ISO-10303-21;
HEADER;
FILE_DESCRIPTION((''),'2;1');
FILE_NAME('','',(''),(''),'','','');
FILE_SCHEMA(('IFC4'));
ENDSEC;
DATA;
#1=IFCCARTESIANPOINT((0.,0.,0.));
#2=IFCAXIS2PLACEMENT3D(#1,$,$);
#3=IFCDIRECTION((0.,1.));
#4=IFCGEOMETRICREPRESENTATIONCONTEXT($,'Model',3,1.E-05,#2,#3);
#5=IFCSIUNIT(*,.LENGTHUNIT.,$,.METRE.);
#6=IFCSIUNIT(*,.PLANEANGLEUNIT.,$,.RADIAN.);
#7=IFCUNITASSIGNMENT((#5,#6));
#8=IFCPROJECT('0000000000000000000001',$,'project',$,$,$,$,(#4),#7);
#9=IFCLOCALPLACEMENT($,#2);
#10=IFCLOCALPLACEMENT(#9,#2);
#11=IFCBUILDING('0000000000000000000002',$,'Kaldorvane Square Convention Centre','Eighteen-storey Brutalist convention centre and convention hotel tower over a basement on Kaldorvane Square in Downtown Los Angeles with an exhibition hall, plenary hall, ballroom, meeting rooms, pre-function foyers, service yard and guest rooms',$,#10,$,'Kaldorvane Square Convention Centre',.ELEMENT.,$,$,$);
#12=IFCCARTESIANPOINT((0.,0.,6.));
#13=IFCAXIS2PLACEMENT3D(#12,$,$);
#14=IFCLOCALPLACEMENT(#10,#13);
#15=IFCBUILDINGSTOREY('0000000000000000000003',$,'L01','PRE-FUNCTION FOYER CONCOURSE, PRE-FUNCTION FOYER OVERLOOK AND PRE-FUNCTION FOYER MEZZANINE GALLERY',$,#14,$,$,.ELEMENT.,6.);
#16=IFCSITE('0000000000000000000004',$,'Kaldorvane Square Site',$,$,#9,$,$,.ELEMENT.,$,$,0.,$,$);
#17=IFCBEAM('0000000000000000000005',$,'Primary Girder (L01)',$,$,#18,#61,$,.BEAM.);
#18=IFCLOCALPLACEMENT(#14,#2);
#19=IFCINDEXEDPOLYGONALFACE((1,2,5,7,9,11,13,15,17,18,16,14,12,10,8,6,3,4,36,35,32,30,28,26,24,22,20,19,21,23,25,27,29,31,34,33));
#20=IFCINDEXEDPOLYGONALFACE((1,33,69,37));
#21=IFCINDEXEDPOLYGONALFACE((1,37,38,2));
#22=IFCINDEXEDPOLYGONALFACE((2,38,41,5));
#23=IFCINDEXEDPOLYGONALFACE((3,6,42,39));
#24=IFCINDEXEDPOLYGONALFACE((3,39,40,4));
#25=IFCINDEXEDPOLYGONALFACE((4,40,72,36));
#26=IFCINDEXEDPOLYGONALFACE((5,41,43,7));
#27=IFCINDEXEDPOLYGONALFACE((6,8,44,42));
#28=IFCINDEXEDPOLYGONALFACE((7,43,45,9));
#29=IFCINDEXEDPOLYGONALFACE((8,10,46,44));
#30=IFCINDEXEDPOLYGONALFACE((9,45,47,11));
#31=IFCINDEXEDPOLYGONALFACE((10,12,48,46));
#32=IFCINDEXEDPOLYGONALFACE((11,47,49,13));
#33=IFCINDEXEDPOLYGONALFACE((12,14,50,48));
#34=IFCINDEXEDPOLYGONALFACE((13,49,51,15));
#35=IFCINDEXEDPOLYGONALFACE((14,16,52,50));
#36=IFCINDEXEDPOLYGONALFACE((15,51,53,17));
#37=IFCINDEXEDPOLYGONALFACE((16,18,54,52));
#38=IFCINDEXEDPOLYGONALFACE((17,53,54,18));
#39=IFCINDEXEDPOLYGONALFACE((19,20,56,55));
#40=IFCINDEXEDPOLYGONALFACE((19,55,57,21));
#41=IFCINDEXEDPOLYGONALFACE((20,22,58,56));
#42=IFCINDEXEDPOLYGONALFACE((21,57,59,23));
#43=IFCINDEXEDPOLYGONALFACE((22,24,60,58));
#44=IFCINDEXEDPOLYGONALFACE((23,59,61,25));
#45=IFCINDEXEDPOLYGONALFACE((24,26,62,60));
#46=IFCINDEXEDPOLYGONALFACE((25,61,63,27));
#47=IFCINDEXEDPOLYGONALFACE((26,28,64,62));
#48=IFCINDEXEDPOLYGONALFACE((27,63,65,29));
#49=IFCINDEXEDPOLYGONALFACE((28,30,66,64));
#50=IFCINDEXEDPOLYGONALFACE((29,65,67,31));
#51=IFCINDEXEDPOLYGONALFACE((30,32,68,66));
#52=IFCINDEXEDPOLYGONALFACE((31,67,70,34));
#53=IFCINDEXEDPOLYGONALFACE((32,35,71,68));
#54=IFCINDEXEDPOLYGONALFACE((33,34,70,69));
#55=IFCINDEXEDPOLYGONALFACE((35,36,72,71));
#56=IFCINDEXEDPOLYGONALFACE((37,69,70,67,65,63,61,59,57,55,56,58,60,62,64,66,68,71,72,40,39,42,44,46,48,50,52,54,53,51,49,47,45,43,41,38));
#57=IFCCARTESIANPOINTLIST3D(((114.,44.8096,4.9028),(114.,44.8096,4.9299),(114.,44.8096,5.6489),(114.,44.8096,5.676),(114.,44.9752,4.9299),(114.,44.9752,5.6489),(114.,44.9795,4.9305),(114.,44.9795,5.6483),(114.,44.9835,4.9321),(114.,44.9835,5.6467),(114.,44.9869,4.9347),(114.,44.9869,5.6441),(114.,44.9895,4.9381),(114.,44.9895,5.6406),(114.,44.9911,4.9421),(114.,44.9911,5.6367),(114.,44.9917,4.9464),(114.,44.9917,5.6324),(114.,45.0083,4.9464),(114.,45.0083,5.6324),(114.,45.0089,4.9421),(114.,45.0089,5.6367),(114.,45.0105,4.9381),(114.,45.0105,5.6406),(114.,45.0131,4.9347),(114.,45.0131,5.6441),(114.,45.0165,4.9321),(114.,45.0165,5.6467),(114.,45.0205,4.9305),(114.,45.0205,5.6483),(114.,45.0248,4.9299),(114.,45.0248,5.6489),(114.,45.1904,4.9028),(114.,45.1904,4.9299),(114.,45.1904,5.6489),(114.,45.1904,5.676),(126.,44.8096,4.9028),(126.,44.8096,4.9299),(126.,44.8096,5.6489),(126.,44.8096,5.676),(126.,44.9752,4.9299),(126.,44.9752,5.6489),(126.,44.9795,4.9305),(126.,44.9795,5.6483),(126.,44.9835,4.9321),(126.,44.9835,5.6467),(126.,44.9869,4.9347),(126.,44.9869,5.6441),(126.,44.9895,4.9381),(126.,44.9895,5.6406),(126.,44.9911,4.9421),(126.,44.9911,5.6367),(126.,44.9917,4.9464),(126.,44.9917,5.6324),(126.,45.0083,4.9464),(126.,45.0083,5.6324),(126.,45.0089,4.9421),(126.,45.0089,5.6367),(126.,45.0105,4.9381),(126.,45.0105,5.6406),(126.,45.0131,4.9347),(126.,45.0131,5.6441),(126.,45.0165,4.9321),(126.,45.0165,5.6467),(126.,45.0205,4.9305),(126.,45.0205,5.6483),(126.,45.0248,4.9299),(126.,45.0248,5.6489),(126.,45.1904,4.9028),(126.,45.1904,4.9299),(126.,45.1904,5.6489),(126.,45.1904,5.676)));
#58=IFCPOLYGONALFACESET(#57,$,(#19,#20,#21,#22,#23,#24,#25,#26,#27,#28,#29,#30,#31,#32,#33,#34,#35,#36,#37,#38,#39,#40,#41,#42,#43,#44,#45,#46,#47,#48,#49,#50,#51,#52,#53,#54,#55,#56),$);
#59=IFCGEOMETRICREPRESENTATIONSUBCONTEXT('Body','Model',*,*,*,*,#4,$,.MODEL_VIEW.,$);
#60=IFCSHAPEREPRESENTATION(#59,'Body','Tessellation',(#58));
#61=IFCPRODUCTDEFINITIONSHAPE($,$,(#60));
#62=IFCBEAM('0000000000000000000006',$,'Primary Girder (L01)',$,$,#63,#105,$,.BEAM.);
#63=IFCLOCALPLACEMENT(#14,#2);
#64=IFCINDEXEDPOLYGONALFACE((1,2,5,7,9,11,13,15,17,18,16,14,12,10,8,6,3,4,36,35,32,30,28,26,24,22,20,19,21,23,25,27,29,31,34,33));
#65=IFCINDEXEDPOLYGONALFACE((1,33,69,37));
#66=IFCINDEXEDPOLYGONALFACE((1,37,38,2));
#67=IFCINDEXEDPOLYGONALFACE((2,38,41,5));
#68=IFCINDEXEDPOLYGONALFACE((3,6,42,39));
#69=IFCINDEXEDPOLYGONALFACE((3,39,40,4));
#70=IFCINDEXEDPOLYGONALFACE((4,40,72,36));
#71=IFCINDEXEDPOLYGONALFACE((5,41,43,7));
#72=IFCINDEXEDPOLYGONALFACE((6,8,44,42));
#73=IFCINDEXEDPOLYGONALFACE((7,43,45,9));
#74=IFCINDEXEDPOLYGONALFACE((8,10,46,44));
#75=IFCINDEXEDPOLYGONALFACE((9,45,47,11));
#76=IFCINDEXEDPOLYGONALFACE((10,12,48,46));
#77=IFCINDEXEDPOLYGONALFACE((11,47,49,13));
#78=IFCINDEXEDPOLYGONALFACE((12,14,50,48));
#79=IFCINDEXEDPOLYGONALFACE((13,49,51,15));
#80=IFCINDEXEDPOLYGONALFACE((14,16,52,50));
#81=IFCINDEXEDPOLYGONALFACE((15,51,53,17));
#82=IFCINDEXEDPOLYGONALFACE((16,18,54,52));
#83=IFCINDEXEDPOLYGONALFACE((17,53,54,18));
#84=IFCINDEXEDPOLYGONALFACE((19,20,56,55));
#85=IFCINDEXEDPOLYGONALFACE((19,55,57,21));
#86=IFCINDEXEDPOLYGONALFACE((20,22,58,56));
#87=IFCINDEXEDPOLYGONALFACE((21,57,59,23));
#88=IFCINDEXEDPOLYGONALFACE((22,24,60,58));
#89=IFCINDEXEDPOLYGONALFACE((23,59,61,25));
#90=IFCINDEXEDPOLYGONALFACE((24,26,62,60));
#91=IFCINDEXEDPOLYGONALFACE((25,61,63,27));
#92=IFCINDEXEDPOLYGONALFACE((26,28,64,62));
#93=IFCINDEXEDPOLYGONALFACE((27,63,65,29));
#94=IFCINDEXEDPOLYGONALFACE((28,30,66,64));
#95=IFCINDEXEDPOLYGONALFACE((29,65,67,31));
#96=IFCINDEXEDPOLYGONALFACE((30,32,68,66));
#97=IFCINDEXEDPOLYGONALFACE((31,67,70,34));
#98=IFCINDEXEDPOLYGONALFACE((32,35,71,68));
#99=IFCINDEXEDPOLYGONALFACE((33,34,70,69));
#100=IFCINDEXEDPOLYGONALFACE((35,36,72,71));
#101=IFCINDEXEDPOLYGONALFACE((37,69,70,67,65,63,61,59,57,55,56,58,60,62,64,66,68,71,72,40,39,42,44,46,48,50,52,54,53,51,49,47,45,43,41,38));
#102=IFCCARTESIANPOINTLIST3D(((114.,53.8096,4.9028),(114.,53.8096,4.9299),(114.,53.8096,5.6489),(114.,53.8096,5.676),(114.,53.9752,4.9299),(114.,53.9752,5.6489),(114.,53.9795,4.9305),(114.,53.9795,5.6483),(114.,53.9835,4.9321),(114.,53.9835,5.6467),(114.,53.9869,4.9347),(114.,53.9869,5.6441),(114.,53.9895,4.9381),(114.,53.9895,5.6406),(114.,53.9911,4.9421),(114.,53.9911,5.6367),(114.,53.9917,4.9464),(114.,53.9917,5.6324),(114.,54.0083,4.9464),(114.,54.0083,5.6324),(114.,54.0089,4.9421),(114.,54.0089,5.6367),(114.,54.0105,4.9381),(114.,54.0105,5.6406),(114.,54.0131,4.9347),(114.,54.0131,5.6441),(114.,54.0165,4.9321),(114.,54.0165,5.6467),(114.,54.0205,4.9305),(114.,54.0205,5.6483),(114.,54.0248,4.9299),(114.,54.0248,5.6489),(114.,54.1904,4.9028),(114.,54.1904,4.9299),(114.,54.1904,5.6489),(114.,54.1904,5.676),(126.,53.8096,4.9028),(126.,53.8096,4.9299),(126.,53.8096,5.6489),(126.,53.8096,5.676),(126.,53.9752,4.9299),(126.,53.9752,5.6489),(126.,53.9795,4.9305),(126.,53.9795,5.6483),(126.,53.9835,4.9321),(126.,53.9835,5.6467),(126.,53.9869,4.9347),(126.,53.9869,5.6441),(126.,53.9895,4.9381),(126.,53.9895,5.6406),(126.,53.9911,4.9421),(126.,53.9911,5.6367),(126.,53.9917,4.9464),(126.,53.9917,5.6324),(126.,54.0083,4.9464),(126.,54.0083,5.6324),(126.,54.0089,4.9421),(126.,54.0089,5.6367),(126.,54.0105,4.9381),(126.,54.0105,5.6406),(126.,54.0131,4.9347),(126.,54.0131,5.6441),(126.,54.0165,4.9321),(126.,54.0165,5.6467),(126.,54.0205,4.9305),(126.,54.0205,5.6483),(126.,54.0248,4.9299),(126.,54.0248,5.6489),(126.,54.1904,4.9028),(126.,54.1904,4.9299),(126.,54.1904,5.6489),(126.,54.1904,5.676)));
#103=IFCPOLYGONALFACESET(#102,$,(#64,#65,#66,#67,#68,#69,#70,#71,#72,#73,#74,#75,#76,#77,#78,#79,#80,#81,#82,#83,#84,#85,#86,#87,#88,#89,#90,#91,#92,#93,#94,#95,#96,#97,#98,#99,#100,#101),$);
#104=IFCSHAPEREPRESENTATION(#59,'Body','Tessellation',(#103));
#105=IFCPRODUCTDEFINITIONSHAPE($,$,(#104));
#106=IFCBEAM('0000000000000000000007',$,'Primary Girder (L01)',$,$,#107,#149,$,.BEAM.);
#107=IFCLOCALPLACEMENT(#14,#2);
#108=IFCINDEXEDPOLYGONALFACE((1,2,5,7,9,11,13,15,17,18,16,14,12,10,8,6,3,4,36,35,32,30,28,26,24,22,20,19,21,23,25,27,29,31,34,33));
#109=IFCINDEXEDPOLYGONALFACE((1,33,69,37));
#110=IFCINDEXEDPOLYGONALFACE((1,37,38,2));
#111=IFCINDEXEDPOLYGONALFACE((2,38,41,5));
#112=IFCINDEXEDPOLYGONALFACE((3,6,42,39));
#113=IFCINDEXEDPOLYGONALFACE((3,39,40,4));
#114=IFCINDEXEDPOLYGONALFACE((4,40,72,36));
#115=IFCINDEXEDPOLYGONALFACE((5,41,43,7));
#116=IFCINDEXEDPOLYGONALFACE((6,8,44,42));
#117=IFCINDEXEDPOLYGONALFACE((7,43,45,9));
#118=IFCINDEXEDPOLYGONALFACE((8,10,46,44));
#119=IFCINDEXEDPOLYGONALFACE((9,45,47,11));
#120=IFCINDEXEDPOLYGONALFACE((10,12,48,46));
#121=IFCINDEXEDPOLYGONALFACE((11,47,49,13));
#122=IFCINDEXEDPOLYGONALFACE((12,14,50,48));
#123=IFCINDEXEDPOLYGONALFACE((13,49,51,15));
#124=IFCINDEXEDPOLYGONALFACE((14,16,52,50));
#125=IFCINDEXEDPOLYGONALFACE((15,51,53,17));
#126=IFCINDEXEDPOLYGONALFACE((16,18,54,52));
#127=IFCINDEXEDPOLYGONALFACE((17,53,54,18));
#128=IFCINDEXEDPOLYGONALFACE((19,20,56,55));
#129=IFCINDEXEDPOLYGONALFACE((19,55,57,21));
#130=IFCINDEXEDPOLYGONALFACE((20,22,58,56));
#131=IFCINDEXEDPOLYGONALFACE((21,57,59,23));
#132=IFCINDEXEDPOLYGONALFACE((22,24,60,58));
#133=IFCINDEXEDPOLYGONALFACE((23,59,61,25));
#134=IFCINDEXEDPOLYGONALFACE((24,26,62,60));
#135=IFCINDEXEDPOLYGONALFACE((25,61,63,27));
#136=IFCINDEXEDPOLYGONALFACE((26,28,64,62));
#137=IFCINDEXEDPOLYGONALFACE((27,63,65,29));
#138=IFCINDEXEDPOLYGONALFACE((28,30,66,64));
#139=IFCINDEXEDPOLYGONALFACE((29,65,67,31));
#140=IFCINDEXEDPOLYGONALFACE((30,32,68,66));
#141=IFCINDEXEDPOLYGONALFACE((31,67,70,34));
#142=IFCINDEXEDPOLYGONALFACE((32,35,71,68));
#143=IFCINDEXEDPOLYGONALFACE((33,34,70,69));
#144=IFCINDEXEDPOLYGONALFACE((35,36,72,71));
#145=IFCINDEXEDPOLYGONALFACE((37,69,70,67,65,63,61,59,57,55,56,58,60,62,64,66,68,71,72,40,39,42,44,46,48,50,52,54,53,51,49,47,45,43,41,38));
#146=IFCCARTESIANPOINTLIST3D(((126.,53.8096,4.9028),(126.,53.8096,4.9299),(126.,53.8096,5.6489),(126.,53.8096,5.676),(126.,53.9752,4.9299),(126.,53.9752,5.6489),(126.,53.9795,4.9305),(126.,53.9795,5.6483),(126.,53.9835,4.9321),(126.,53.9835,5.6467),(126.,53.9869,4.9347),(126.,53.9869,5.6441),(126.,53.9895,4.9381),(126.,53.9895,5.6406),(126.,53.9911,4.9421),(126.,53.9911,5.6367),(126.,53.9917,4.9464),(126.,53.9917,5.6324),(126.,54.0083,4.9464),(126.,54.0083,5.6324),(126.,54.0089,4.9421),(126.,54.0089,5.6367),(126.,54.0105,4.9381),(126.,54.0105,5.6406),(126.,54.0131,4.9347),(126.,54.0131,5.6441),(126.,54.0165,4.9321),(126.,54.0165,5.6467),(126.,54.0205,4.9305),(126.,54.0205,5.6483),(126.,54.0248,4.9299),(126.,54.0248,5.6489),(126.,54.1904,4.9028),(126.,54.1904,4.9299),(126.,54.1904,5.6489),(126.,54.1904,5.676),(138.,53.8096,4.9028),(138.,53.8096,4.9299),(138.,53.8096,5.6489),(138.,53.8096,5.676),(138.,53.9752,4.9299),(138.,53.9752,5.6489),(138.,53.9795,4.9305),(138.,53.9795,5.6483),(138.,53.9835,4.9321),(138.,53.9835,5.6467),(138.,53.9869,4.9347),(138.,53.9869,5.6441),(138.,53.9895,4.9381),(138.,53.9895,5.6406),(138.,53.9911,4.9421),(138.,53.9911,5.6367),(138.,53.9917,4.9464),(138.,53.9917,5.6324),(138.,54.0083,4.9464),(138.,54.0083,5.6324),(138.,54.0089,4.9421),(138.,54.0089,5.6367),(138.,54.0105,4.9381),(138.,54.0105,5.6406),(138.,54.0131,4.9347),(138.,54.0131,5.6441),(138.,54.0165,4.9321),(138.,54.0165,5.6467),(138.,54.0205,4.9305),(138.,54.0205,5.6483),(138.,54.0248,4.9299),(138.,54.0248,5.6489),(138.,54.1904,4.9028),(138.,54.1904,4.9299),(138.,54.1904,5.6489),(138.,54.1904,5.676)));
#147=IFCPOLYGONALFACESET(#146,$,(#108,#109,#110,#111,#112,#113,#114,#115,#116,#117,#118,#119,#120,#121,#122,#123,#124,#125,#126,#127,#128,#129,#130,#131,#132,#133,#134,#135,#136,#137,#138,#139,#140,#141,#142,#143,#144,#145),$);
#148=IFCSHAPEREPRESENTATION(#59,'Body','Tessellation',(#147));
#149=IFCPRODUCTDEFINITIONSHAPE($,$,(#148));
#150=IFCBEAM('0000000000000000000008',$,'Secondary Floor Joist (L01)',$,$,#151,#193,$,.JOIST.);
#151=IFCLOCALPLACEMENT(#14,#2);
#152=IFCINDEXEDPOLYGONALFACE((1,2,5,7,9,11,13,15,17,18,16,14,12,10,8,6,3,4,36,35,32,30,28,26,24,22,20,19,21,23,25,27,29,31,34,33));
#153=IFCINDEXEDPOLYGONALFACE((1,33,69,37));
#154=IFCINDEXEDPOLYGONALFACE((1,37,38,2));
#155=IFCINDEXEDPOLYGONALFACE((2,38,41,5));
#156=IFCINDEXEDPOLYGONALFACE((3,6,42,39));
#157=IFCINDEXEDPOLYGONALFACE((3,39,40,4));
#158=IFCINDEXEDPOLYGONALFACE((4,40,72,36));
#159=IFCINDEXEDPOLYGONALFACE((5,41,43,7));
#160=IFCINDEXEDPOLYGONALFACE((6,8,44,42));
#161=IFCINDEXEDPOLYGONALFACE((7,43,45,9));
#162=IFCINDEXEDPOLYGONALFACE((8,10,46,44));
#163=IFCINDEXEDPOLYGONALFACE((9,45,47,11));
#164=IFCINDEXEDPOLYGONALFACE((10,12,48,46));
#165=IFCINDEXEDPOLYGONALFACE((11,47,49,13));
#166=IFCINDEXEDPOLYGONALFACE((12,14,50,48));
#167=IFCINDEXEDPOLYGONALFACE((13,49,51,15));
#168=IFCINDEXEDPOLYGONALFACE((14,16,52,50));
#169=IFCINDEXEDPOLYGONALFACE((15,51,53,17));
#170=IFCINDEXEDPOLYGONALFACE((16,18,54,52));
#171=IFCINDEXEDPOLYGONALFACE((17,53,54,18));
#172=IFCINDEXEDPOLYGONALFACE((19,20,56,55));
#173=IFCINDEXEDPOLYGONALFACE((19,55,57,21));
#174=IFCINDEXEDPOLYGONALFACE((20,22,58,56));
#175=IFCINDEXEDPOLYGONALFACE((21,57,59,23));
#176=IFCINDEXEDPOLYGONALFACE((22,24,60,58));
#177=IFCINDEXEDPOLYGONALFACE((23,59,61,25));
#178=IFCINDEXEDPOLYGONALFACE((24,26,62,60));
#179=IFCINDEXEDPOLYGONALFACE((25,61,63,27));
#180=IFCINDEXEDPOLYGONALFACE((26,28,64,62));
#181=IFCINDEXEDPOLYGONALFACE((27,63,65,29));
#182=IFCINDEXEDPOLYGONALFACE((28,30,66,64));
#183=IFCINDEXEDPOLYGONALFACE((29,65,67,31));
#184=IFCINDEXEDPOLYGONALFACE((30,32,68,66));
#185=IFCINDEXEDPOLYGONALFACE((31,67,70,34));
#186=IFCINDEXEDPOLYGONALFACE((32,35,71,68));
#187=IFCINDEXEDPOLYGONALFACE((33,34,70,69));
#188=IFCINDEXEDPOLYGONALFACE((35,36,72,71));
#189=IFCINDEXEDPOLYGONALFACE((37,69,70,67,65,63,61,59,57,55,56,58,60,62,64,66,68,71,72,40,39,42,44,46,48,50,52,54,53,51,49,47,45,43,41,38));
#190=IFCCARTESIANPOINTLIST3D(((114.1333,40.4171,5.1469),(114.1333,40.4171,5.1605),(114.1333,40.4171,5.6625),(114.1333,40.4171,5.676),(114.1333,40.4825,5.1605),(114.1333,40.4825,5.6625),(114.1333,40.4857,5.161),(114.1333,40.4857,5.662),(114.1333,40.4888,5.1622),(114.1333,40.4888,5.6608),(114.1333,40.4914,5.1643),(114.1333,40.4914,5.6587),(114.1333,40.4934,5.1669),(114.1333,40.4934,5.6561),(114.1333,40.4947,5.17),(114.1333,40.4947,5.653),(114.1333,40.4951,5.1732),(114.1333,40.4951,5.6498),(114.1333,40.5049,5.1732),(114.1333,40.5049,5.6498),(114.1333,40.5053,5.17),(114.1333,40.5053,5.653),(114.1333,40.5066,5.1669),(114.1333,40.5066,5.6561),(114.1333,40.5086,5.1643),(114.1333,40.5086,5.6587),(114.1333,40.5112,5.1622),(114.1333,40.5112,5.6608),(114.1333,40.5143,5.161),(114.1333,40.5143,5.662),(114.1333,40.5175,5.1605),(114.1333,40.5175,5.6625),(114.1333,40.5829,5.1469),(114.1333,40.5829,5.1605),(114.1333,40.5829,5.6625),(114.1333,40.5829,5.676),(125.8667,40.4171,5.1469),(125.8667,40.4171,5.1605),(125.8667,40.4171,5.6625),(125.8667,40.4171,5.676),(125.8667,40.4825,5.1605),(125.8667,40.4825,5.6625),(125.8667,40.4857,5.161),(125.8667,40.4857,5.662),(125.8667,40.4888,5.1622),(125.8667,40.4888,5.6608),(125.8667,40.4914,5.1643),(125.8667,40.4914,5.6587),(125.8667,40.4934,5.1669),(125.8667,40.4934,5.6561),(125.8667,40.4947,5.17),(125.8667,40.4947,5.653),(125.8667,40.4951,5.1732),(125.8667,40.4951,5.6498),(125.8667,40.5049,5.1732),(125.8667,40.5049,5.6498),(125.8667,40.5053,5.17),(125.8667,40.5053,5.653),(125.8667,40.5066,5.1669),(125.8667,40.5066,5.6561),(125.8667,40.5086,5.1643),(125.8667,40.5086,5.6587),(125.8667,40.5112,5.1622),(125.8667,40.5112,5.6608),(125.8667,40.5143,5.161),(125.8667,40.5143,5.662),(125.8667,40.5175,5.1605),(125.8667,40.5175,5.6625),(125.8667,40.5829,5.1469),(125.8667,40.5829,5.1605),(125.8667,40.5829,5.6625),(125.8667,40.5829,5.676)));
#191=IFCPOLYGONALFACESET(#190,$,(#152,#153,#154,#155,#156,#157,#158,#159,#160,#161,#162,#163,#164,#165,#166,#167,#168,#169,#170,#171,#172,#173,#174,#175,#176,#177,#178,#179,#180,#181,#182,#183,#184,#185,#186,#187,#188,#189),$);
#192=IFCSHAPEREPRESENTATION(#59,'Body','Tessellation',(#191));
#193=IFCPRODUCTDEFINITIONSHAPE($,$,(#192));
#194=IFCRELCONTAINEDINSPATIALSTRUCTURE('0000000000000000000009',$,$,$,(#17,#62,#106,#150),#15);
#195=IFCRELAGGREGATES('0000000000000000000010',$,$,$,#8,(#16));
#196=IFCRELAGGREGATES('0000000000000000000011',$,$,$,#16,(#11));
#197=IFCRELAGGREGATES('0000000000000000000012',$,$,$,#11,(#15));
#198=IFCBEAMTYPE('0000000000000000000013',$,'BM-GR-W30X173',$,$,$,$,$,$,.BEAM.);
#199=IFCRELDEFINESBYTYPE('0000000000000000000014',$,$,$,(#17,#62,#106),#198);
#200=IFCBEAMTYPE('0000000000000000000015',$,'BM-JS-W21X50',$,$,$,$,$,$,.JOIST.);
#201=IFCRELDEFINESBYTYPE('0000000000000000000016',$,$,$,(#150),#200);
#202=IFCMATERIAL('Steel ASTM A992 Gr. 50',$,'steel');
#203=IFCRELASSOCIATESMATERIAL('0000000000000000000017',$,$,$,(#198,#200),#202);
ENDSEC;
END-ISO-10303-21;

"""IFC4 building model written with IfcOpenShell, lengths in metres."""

from ifc_helpers import new_model, si_unit, direction, frame, origin, origin_2d, place, context, subcontext, project, spatial, i_section, extrude, material, material_profile, profile_set, type_object, element, save


model = new_model("IFC4")

# Units and contexts
model_context = context("Model", 3, precision=1e-05, world=origin(), true_north=direction((0.0, 1.0)))
body_context = subcontext(model_context, "Body", "Model", "MODEL_VIEW")
ifc_project = project(units=[si_unit("LENGTHUNIT", "METRE"), si_unit("PLANEANGLEUNIT", "RADIAN")], contexts=[model_context])

# Site, building, storey
site_placement = place(None, origin())
site = spatial("IfcSite", under=ifc_project, at=site_placement, Name="Kaldorvane Square Site", CompositionType="ELEMENT", RefElevation=0.0)
building_placement = place(site_placement, origin())
building = spatial("IfcBuilding", under=site, at=building_placement, Name="Kaldorvane Square Convention Centre", Description="Eighteen-storey Brutalist convention centre and convention hotel tower over a basement on Kaldorvane Square in Downtown Los Angeles with an exhibition hall, plenary hall, ballroom, meeting rooms, pre-function foyers, service yard and guest rooms", LongName="Kaldorvane Square Convention Centre", CompositionType="ELEMENT")
storey_placement = place(building_placement, frame((0.0, 0.0, 6.0)))
storey = spatial("IfcBuildingStorey", under=building, at=storey_placement, Name="L01", Description="PRE-FUNCTION FOYER CONCOURSE, PRE-FUNCTION FOYER OVERLOOK AND PRE-FUNCTION FOYER MEZZANINE GALLERY", CompositionType="ELEMENT", Elevation=6.0)

# Shared definitions
ifc_material_1 = material(Name="Steel ASTM A992 Gr. 50", Category="steel")

# Beams
ifc_material_profile_1 = material_profile(ifc_material_1, i_section(OverallWidth=0.3807, OverallDepth=0.7732, WebThickness=0.0166, FlangeThickness=0.0271, FilletRadius=0.0165, at=origin_2d()), Name="W30X173")
ifc_profile_set_1 = profile_set([ifc_material_profile_1], Name="Steel ASTM A992 Gr. 50")
beam_type_1 = type_object("IfcBeamType", Name="BM-GR-W30X173", PredefinedType="BEAM", material=ifc_profile_set_1)
for number, where, z_axis, x_axis, name in (
    (1, (114.0, 45.0, 5.2894), (1.0, 0.0, 0.0), (0.0, 1.0, 0.0), "Primary Girder (L01)"),
    (2, (114.0, 54.0, 5.2894), (1.0, 0.0, 0.0), (0.0, 1.0, 0.0), "Primary Girder (L01)"),
    (3, (126.0, 54.0, 5.2894), (1.0, 0.0, 0.0), (0.0, 1.0, 0.0), "Primary Girder (L01)"),
):
    element("IfcBeam", number, at=place(storey_placement, frame(where, z_axis=z_axis, x_axis=x_axis)), inside=storey, type_object=beam_type_1, Name=name, PredefinedType="BEAM", context=body_context, shape_type="SweptSolid", body=[
        extrude(i_section(OverallWidth=0.3807, OverallDepth=0.7732, WebThickness=0.0166, FlangeThickness=0.0271, FilletRadius=0.0165, at=origin_2d()), origin(), (0.0, 0.0, 1.0), 12.0),
    ])
ifc_material_profile_2 = material_profile(ifc_material_1, i_section(OverallWidth=0.1659, OverallDepth=0.5291, WebThickness=0.0097, FlangeThickness=0.0136, FilletRadius=0.0127, at=origin_2d()), Name="W21X50")
ifc_profile_set_2 = profile_set([ifc_material_profile_2], Name="Steel ASTM A992 Gr. 50")
beam_type_2 = type_object("IfcBeamType", Name="BM-JS-W21X50", PredefinedType="JOIST", material=ifc_profile_set_2)
for number, where, z_axis, x_axis, name in (
    (4, (114.1333, 40.5, 5.4115), (1.0, 0.0, 0.0), (0.0, 1.0, 0.0), "Secondary Floor Joist (L01)"),
):
    element("IfcBeam", number, at=place(storey_placement, frame(where, z_axis=z_axis, x_axis=x_axis)), inside=storey, type_object=beam_type_2, Name=name, PredefinedType="JOIST", context=body_context, shape_type="SweptSolid", body=[
        extrude(i_section(OverallWidth=0.1659, OverallDepth=0.5291, WebThickness=0.0097, FlangeThickness=0.0136, FilletRadius=0.0127, at=origin_2d()), origin(), (0.0, 0.0, 1.0), 11.7334),
    ])

save(model, "model.ifc")
